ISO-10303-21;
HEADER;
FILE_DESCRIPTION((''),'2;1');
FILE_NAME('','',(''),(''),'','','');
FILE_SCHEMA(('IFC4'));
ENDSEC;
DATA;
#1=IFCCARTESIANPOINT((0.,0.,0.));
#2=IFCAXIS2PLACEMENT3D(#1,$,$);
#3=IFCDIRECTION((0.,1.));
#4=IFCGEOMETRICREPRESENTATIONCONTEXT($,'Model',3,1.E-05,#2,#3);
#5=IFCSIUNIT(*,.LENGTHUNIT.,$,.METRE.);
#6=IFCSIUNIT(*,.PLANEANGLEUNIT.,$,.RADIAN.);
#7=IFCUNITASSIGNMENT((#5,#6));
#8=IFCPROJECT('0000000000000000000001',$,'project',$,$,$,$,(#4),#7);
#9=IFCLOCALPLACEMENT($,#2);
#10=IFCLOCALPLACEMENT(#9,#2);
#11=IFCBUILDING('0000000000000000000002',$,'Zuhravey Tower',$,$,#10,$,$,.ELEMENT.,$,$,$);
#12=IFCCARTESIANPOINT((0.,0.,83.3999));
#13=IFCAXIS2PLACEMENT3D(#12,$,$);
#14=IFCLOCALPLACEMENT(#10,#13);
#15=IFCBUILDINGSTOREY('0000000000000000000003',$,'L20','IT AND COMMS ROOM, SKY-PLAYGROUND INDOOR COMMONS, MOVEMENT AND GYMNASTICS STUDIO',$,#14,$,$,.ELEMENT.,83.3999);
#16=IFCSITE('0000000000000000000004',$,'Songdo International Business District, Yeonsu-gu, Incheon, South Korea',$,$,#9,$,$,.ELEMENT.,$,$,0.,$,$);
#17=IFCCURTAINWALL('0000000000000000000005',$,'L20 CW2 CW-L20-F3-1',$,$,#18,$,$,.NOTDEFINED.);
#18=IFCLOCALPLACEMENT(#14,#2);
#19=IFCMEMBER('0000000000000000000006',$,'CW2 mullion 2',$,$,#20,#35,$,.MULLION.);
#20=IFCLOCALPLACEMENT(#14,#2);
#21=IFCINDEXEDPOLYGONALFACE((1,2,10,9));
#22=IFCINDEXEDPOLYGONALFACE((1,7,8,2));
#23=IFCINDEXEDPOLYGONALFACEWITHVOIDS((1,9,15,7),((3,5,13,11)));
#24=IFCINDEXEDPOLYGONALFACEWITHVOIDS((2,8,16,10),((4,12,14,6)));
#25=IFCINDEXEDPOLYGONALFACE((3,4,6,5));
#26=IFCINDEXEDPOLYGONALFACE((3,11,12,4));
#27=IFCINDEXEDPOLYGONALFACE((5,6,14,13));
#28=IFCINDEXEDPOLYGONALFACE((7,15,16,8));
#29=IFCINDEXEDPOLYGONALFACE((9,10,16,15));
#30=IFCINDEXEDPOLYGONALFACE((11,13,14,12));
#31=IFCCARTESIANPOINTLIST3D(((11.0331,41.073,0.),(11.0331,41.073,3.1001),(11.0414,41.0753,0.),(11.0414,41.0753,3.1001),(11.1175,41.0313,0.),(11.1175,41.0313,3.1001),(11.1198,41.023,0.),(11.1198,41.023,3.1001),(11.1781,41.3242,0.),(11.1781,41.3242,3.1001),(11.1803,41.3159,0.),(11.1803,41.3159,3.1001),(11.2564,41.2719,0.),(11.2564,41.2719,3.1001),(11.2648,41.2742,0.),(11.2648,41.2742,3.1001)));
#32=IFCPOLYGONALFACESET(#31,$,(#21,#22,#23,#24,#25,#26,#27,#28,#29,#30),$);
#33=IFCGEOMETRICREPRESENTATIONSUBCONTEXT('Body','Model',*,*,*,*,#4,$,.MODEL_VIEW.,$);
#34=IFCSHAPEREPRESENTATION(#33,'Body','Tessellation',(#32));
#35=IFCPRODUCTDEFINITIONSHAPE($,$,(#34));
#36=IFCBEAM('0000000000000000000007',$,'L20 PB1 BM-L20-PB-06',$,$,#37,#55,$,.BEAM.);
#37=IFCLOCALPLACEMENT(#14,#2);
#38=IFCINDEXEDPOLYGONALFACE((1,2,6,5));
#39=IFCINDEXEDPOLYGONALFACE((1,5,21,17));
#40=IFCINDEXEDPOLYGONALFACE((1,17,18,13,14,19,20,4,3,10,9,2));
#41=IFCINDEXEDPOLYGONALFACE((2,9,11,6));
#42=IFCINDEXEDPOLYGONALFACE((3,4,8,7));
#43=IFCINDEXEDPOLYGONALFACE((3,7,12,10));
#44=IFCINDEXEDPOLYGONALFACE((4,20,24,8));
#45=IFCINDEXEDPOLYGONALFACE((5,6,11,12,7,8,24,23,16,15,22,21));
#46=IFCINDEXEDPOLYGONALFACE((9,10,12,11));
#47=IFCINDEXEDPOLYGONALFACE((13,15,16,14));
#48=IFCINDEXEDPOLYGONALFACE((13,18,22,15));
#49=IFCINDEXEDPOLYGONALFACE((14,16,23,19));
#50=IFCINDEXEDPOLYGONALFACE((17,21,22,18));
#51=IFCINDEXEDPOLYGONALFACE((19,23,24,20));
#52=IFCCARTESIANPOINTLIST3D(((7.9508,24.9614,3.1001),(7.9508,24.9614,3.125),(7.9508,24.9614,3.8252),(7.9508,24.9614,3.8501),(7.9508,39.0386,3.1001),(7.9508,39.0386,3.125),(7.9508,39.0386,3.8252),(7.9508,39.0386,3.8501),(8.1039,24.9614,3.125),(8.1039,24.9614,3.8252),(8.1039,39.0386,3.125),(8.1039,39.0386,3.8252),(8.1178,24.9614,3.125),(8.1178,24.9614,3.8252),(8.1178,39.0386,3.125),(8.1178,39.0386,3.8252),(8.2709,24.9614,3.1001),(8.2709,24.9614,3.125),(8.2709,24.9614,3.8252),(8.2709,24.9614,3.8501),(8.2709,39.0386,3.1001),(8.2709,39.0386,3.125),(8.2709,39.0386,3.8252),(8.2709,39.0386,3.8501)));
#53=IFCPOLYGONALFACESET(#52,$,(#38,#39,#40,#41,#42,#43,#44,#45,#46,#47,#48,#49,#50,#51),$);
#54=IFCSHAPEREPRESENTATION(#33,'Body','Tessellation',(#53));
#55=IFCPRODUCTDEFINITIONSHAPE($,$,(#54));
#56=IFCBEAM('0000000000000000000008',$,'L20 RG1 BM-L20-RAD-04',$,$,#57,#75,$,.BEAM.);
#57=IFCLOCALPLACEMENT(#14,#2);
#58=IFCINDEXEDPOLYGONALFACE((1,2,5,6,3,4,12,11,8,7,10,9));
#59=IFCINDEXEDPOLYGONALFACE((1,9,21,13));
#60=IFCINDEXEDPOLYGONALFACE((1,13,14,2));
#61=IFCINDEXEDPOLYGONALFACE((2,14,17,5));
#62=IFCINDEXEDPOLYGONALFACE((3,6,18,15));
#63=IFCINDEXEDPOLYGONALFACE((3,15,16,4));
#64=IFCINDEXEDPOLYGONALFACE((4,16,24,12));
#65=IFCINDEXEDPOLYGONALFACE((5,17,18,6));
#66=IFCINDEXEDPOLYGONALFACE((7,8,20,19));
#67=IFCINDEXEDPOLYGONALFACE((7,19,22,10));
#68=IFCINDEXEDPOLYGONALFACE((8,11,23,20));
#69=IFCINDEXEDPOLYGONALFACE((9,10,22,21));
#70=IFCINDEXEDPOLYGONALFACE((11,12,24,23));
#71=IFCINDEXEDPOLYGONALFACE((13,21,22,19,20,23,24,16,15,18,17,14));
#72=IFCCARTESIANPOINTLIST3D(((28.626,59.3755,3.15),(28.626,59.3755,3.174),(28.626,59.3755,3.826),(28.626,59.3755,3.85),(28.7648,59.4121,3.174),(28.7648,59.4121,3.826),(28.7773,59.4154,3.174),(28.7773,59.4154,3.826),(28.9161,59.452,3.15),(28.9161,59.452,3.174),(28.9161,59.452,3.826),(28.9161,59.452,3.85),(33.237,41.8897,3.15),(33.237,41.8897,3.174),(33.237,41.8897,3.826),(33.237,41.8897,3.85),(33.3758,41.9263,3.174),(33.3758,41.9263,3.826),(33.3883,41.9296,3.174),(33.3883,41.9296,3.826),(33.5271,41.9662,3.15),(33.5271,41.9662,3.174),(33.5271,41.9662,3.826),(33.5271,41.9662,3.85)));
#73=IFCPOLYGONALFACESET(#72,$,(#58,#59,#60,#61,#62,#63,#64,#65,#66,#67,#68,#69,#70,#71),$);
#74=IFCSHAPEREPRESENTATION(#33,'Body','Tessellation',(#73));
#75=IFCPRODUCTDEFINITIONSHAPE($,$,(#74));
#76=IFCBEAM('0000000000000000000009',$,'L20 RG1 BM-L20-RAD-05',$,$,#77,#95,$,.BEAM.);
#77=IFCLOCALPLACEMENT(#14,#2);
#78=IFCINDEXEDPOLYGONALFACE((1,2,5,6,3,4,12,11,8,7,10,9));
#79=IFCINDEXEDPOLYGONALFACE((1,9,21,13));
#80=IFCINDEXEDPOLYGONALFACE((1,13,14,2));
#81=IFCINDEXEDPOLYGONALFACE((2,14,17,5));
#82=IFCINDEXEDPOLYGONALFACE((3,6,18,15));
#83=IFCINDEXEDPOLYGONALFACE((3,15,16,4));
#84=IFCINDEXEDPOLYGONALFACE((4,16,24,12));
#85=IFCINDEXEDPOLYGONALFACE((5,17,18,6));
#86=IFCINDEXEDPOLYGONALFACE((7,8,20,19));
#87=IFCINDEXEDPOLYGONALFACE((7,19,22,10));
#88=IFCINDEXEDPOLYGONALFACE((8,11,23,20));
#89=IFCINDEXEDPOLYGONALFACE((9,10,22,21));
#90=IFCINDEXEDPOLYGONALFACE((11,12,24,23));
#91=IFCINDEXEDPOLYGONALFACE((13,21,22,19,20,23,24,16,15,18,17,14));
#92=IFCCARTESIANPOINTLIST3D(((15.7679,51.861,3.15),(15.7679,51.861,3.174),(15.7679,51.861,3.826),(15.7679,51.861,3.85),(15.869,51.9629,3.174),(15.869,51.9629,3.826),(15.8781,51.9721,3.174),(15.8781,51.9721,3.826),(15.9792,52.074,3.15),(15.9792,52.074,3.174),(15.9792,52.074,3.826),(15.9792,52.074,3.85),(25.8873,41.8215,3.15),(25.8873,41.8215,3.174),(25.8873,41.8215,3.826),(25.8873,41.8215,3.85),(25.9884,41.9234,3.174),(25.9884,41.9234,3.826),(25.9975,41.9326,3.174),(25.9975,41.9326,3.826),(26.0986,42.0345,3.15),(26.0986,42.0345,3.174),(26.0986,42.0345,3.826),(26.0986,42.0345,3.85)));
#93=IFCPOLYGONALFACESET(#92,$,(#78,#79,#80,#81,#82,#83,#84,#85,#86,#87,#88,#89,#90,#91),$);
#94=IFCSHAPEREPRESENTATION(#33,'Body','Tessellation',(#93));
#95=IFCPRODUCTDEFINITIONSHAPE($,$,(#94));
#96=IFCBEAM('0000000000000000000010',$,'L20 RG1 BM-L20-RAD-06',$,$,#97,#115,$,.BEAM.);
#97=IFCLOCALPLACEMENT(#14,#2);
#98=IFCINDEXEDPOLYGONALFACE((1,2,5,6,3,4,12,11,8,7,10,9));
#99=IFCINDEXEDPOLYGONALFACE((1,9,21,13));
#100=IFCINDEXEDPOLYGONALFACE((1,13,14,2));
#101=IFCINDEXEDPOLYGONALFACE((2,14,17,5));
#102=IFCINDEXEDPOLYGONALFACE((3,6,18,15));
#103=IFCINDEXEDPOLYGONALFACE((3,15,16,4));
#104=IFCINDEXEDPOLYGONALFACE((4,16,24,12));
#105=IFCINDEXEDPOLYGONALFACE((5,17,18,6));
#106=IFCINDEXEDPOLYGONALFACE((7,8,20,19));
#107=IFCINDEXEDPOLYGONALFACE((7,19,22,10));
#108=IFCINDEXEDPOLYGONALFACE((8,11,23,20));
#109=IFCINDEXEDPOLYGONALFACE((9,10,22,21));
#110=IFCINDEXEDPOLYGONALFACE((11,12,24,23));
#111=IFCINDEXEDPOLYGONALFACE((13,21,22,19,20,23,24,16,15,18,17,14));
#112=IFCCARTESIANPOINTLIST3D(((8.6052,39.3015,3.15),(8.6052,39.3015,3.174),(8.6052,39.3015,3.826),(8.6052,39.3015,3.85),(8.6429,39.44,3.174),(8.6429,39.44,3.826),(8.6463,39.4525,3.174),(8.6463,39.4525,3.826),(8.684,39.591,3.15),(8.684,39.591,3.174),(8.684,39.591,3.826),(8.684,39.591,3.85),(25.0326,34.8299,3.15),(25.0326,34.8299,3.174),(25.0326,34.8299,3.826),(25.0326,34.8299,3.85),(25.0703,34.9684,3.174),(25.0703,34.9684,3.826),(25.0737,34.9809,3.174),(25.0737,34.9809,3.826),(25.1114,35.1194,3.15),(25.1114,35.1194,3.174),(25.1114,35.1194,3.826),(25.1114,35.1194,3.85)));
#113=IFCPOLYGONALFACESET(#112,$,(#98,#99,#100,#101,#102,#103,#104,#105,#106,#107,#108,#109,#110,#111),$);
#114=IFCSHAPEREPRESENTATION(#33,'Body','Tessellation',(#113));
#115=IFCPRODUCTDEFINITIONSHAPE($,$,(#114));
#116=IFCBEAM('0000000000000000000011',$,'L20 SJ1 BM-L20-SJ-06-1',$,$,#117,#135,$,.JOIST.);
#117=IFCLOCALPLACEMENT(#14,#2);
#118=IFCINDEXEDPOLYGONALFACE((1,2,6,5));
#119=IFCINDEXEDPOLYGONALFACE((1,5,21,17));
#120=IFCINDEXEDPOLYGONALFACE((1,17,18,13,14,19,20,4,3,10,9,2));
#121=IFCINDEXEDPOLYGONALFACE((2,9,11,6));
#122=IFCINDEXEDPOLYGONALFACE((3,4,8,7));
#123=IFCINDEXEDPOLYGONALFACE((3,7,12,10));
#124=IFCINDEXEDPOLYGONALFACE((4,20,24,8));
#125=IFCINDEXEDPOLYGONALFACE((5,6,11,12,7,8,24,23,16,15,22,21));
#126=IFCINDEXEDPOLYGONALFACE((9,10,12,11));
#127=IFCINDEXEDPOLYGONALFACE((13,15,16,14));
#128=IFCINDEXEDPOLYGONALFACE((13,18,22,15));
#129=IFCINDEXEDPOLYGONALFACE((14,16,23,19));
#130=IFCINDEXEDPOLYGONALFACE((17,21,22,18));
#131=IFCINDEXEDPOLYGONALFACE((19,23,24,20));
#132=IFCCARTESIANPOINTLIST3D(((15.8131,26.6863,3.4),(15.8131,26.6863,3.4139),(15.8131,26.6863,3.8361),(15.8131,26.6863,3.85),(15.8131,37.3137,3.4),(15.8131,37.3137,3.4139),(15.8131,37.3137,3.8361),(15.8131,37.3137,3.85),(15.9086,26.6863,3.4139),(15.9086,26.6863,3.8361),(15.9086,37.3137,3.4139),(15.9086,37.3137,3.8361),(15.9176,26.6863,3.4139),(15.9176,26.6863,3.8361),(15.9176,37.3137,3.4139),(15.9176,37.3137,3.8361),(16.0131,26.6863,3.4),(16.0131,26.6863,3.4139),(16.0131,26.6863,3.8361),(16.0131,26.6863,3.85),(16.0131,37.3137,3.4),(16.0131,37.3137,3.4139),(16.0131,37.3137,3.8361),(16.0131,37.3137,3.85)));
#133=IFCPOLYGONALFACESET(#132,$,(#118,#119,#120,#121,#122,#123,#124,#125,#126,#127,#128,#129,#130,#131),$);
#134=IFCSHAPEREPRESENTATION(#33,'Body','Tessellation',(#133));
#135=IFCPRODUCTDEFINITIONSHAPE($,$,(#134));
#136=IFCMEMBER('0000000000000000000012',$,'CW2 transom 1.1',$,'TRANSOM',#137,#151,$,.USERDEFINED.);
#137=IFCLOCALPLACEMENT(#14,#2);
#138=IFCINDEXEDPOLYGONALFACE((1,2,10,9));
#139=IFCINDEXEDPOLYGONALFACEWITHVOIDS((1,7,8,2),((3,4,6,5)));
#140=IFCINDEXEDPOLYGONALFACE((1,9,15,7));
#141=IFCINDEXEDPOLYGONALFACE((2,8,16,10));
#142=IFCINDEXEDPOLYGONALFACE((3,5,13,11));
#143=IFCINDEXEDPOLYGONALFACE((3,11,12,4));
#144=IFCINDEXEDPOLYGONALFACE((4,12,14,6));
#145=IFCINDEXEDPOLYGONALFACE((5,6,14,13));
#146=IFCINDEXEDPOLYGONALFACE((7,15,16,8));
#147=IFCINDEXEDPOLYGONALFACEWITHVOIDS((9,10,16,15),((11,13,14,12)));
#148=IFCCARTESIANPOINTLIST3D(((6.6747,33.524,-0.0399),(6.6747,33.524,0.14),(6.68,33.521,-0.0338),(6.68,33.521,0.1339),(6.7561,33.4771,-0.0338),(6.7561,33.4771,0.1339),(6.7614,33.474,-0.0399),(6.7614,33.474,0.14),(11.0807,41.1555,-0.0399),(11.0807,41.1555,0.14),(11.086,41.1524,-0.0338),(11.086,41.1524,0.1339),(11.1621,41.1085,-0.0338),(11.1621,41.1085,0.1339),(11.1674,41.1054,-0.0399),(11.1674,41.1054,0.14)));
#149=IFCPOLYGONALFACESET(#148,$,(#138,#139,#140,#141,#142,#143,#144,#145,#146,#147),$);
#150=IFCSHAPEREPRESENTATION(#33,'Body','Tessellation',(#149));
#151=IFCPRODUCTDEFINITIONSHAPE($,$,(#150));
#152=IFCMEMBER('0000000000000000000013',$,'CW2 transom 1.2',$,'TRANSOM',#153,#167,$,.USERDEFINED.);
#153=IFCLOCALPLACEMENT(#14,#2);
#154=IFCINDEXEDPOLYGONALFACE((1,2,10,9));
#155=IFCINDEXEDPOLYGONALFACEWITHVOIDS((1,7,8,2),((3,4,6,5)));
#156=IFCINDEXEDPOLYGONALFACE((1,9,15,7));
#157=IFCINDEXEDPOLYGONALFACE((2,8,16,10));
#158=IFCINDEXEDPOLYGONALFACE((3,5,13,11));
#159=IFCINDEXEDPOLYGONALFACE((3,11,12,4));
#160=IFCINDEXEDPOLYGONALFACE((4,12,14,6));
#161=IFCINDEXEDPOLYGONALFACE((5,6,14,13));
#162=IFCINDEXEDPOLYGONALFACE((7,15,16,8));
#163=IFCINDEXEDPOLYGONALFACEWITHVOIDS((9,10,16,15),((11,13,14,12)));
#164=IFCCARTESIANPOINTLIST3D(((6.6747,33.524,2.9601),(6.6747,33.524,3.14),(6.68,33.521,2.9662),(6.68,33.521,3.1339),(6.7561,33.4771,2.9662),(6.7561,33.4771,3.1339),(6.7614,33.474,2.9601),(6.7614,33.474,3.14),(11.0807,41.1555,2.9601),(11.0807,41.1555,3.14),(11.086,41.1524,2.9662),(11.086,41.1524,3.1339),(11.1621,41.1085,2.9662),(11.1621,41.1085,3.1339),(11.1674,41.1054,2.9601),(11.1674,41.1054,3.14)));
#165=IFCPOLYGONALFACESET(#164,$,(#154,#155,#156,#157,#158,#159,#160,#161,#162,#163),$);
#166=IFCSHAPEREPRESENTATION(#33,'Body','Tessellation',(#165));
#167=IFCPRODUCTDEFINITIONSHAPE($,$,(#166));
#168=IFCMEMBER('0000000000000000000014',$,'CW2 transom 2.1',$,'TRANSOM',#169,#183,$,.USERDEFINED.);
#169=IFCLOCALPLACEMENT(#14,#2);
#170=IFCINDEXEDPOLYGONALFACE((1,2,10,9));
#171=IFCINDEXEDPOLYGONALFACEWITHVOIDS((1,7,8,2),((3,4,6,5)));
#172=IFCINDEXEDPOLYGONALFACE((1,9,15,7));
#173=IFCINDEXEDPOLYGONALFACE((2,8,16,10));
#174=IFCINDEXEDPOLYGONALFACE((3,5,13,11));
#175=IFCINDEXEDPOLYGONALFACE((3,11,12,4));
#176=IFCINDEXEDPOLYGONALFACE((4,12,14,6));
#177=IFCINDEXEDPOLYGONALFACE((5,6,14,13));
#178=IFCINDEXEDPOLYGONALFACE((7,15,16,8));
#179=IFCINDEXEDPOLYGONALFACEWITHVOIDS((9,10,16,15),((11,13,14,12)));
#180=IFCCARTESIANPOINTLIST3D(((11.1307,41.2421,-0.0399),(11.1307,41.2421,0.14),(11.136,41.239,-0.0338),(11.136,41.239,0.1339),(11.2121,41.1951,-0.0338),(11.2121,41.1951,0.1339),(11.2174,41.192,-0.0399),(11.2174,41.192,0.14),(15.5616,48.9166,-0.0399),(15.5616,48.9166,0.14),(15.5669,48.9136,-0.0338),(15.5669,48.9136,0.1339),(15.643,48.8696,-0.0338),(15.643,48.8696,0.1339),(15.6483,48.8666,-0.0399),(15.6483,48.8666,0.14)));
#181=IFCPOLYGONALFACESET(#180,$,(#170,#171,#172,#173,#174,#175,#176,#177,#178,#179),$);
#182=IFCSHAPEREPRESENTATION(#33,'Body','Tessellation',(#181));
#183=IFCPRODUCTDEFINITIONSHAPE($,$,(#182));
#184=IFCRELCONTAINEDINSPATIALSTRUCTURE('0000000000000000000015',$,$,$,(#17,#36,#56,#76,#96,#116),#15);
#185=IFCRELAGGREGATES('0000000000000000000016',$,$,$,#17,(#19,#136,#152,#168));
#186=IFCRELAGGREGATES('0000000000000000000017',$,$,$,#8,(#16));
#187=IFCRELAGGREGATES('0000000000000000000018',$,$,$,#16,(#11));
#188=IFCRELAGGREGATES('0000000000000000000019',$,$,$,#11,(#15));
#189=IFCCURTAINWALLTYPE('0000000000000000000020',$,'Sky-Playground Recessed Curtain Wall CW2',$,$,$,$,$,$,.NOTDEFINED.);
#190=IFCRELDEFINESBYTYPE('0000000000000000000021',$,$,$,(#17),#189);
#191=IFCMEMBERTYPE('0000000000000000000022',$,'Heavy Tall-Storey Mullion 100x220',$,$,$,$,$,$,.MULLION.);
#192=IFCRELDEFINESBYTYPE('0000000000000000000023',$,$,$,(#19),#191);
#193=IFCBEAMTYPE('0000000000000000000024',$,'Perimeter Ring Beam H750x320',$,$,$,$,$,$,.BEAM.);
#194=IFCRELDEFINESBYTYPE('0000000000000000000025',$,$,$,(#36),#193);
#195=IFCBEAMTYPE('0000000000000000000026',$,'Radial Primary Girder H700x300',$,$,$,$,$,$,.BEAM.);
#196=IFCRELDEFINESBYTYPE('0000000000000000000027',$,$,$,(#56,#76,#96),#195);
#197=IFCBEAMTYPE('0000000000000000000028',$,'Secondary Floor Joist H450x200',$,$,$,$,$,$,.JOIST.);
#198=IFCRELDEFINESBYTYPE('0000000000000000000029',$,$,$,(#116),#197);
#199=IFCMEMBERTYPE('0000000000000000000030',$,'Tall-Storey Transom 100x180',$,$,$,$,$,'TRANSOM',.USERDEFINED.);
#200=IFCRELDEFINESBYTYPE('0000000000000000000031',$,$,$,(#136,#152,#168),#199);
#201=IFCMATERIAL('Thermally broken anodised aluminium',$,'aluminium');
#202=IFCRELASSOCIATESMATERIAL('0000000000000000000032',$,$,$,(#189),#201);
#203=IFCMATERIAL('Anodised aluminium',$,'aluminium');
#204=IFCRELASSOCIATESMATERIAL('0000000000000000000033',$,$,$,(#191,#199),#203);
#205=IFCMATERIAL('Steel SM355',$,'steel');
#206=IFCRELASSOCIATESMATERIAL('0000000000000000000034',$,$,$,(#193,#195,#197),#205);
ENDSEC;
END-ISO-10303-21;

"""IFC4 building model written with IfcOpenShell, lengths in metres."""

from ifc_helpers import new_model, si_unit, direction, frame, origin, origin_2d, place, context, subcontext, project, spatial, hollow_rectangle, i_section, extrude, material, material_profile, profile_set, type_object, element, aggregate, save


model = new_model("IFC4")

# Units and contexts
model_context = context("Model", 3, precision=1e-05, world=origin(), true_north=direction((0.0, 1.0)))
body_context = subcontext(model_context, "Body", "Model", "MODEL_VIEW")
ifc_project = project(units=[si_unit("LENGTHUNIT", "METRE"), si_unit("PLANEANGLEUNIT", "RADIAN")], contexts=[model_context])

# Site, building, storey
site_placement = place(None, origin())
site = spatial("IfcSite", under=ifc_project, at=site_placement, Name="Songdo International Business District, Yeonsu-gu, Incheon, South Korea", CompositionType="ELEMENT", RefElevation=0.0)
building_placement = place(site_placement, origin())
building = spatial("IfcBuilding", under=site, at=building_placement, Name="Zuhravey Tower", CompositionType="ELEMENT")
storey_placement = place(building_placement, frame((0.0, 0.0, 83.3999)))
storey = spatial("IfcBuildingStorey", under=building, at=storey_placement, Name="L20", Description="IT AND COMMS ROOM, SKY-PLAYGROUND INDOOR COMMONS, MOVEMENT AND GYMNASTICS STUDIO", CompositionType="ELEMENT", Elevation=83.3999)

# Curtain wall, member
ifc_material_1 = material(Name="Thermally broken anodised aluminium", Category="aluminium")
curtain_wall_type = type_object("IfcCurtainWallType", Name="Sky-Playground Recessed Curtain Wall CW2", PredefinedType="NOTDEFINED", material=ifc_material_1)
curtain_wall_placement = place(storey_placement, origin())
curtain_wall = element("IfcCurtainWall", 1, at=curtain_wall_placement, inside=storey, type_object=curtain_wall_type, Name="L20 CW2 CW-L20-F3-1", PredefinedType="NOTDEFINED")
ifc_material_2 = material(Name="Anodised aluminium", Category="aluminium")
ifc_material_profile_1 = material_profile(ifc_material_2, hollow_rectangle(XDim=0.1001, YDim=0.29, WallThickness=0.0061, at=origin_2d()), Name="ALU-RHS-100x290x6")
ifc_profile_set_1 = profile_set([ifc_material_profile_1], Name="Anodised aluminium")
member_type_1 = type_object("IfcMemberType", Name="Heavy Tall-Storey Mullion 100x220", PredefinedType="MULLION", material=ifc_profile_set_1)
member_1_placement = place(storey_placement, frame((11.1489, 41.1736, 0.0), z_axis=(0.0, 0.0, 1.0), x_axis=(-0.866026, 0.499999, 0.0)))
member_1 = element("IfcMember", 2, at=member_1_placement, type_object=member_type_1, Name="CW2 mullion 2", PredefinedType="MULLION", context=body_context, shape_type="SweptSolid", body=[
    extrude(hollow_rectangle(XDim=0.1001, YDim=0.29, WallThickness=0.0061, at=origin_2d()), origin(), (0.0, 0.0, 1.0), 3.1001),
])

# Beams
ifc_material_3 = material(Name="Steel SM355", Category="steel")
ifc_material_profile_2 = material_profile(ifc_material_3, i_section(OverallWidth=0.3201, OverallDepth=0.75, WebThickness=0.0139, FlangeThickness=0.0249, at=origin_2d()), Name="H-750x320x14x25")
ifc_profile_set_2 = profile_set([ifc_material_profile_2], Name="Steel SM355")
beam_type_1 = type_object("IfcBeamType", Name="Perimeter Ring Beam H750x320", PredefinedType="BEAM", material=ifc_profile_set_2)
beam_1_placement = place(storey_placement, frame((8.1108, 39.0386, 3.4751), z_axis=(0.0, -1.0, 0.0), x_axis=(1.0, 0.0, 0.0)))
element("IfcBeam", 3, at=beam_1_placement, inside=storey, type_object=beam_type_1, Name="L20 PB1 BM-L20-PB-06", PredefinedType="BEAM", context=body_context, shape_type="SweptSolid", body=[
    extrude(i_section(OverallWidth=0.3201, OverallDepth=0.75, WebThickness=0.0139, FlangeThickness=0.0249, at=origin_2d()), origin(), (0.0, 0.0, 1.0), 14.0771),
])
ifc_material_profile_3 = material_profile(ifc_material_3, i_section(OverallWidth=0.3, OverallDepth=0.7, WebThickness=0.0129, FlangeThickness=0.0239, at=origin_2d()), Name="H-700x300x13x24")
ifc_profile_set_3 = profile_set([ifc_material_profile_3], Name="Steel SM355")
beam_type_2 = type_object("IfcBeamType", Name="Radial Primary Girder H700x300", PredefinedType="BEAM", material=ifc_profile_set_3)
beam_2_placement = place(storey_placement, frame((33.3821, 41.928, 3.5), z_axis=(-0.254987, 0.966944, 0.0), x_axis=(-0.966944, -0.254987, 0.0)))
element("IfcBeam", 4, at=beam_2_placement, inside=storey, type_object=beam_type_2, Name="L20 RG1 BM-L20-RAD-04", PredefinedType="BEAM", context=body_context, shape_type="SweptSolid", body=[
    extrude(i_section(OverallWidth=0.3, OverallDepth=0.7, WebThickness=0.0129, FlangeThickness=0.0239, at=origin_2d()), origin(), (0.0, 0.0, 1.0), 18.0835),
])
beam_3_placement = place(storey_placement, frame((25.9929, 41.928, 3.5), z_axis=(-0.709902, 0.704301, 0.0), x_axis=(-0.704301, -0.709902, 0.0)))
element("IfcBeam", 5, at=beam_3_placement, inside=storey, type_object=beam_type_2, Name="L20 RG1 BM-L20-RAD-05", PredefinedType="BEAM", context=body_context, shape_type="SweptSolid", body=[
    extrude(i_section(OverallWidth=0.3, OverallDepth=0.7, WebThickness=0.0129, FlangeThickness=0.0239, at=origin_2d()), origin(), (0.0, 0.0, 1.0), 14.2546),
])
beam_4_placement = place(storey_placement, frame((25.072, 34.9746, 3.5), z_axis=(-0.964891, 0.26265, 0.0), x_axis=(-0.26265, -0.964891, 0.0)))
element("IfcBeam", 6, at=beam_4_placement, inside=storey, type_object=beam_type_2, Name="L20 RG1 BM-L20-RAD-06", PredefinedType="BEAM", context=body_context, shape_type="SweptSolid", body=[
    extrude(i_section(OverallWidth=0.3, OverallDepth=0.7, WebThickness=0.0129, FlangeThickness=0.0239, at=origin_2d()), origin(), (0.0, 0.0, 1.0), 17.0251),
])
ifc_material_profile_4 = material_profile(ifc_material_3, i_section(OverallWidth=0.2, OverallDepth=0.45, WebThickness=0.009, FlangeThickness=0.0139, at=origin_2d()), Name="H-450x200x9x14")
ifc_profile_set_4 = profile_set([ifc_material_profile_4], Name="Steel SM355")
beam_type_3 = type_object("IfcBeamType", Name="Secondary Floor Joist H450x200", PredefinedType="JOIST", material=ifc_profile_set_4)
beam_5_placement = place(storey_placement, frame((15.9131, 37.3137, 3.625), z_axis=(0.0, -1.0, 0.0), x_axis=(1.0, 0.0, 0.0)))
element("IfcBeam", 7, at=beam_5_placement, inside=storey, type_object=beam_type_3, Name="L20 SJ1 BM-L20-SJ-06-1", PredefinedType="JOIST", context=body_context, shape_type="SweptSolid", body=[
    extrude(i_section(OverallWidth=0.2, OverallDepth=0.45, WebThickness=0.009, FlangeThickness=0.0139, at=origin_2d()), origin(), (0.0, 0.0, 1.0), 10.6274),
])

# Members
ifc_material_profile_5 = material_profile(ifc_material_2, hollow_rectangle(XDim=0.1001, YDim=0.1799, WallThickness=0.0061, at=origin_2d()), Name="ALU-RHS-100x180x6")
ifc_profile_set_5 = profile_set([ifc_material_profile_5], Name="Anodised aluminium")
member_type_2 = type_object("IfcMemberType", Name="Tall-Storey Transom 100x180", ElementType="TRANSOM", PredefinedType="USERDEFINED", material=ifc_profile_set_5)
member_2_placement = place(storey_placement, frame((6.718, 33.499, 0.05), z_axis=(0.500004, 0.866023, 0.0), x_axis=(-0.866023, 0.500004, 0.0)))
member_2 = element("IfcMember", 8, at=member_2_placement, type_object=member_type_2, Name="CW2 transom 1.1", ObjectType="TRANSOM", PredefinedType="USERDEFINED", context=body_context, shape_type="SweptSolid", body=[
    extrude(hollow_rectangle(XDim=0.1001, YDim=0.1799, WallThickness=0.0061, at=origin_2d()), origin(), (0.0, 0.0, 1.0), 8.812),
])
member_3_placement = place(storey_placement, frame((6.718, 33.499, 3.05), z_axis=(0.500004, 0.866023, 0.0), x_axis=(-0.866023, 0.500004, 0.0)))
member_3 = element("IfcMember", 9, at=member_3_placement, type_object=member_type_2, Name="CW2 transom 1.2", ObjectType="TRANSOM", PredefinedType="USERDEFINED", context=body_context, shape_type="SweptSolid", body=[
    extrude(hollow_rectangle(XDim=0.1001, YDim=0.1799, WallThickness=0.0061, at=origin_2d()), origin(), (0.0, 0.0, 1.0), 8.812),
])
member_4_placement = place(storey_placement, frame((11.1741, 41.217, 0.05), z_axis=(0.5, 0.866025, 0.0), x_axis=(-0.866025, 0.5, 0.0)))
member_4 = element("IfcMember", 10, at=member_4_placement, type_object=member_type_2, Name="CW2 transom 2.1", ObjectType="TRANSOM", PredefinedType="USERDEFINED", context=body_context, shape_type="SweptSolid", body=[
    extrude(hollow_rectangle(XDim=0.1001, YDim=0.1799, WallThickness=0.0061, at=origin_2d()), origin(), (0.0, 0.0, 1.0), 8.8618),
])

aggregate(curtain_wall, [member_1, member_2, member_3, member_4])

save(model, "model.ifc")
